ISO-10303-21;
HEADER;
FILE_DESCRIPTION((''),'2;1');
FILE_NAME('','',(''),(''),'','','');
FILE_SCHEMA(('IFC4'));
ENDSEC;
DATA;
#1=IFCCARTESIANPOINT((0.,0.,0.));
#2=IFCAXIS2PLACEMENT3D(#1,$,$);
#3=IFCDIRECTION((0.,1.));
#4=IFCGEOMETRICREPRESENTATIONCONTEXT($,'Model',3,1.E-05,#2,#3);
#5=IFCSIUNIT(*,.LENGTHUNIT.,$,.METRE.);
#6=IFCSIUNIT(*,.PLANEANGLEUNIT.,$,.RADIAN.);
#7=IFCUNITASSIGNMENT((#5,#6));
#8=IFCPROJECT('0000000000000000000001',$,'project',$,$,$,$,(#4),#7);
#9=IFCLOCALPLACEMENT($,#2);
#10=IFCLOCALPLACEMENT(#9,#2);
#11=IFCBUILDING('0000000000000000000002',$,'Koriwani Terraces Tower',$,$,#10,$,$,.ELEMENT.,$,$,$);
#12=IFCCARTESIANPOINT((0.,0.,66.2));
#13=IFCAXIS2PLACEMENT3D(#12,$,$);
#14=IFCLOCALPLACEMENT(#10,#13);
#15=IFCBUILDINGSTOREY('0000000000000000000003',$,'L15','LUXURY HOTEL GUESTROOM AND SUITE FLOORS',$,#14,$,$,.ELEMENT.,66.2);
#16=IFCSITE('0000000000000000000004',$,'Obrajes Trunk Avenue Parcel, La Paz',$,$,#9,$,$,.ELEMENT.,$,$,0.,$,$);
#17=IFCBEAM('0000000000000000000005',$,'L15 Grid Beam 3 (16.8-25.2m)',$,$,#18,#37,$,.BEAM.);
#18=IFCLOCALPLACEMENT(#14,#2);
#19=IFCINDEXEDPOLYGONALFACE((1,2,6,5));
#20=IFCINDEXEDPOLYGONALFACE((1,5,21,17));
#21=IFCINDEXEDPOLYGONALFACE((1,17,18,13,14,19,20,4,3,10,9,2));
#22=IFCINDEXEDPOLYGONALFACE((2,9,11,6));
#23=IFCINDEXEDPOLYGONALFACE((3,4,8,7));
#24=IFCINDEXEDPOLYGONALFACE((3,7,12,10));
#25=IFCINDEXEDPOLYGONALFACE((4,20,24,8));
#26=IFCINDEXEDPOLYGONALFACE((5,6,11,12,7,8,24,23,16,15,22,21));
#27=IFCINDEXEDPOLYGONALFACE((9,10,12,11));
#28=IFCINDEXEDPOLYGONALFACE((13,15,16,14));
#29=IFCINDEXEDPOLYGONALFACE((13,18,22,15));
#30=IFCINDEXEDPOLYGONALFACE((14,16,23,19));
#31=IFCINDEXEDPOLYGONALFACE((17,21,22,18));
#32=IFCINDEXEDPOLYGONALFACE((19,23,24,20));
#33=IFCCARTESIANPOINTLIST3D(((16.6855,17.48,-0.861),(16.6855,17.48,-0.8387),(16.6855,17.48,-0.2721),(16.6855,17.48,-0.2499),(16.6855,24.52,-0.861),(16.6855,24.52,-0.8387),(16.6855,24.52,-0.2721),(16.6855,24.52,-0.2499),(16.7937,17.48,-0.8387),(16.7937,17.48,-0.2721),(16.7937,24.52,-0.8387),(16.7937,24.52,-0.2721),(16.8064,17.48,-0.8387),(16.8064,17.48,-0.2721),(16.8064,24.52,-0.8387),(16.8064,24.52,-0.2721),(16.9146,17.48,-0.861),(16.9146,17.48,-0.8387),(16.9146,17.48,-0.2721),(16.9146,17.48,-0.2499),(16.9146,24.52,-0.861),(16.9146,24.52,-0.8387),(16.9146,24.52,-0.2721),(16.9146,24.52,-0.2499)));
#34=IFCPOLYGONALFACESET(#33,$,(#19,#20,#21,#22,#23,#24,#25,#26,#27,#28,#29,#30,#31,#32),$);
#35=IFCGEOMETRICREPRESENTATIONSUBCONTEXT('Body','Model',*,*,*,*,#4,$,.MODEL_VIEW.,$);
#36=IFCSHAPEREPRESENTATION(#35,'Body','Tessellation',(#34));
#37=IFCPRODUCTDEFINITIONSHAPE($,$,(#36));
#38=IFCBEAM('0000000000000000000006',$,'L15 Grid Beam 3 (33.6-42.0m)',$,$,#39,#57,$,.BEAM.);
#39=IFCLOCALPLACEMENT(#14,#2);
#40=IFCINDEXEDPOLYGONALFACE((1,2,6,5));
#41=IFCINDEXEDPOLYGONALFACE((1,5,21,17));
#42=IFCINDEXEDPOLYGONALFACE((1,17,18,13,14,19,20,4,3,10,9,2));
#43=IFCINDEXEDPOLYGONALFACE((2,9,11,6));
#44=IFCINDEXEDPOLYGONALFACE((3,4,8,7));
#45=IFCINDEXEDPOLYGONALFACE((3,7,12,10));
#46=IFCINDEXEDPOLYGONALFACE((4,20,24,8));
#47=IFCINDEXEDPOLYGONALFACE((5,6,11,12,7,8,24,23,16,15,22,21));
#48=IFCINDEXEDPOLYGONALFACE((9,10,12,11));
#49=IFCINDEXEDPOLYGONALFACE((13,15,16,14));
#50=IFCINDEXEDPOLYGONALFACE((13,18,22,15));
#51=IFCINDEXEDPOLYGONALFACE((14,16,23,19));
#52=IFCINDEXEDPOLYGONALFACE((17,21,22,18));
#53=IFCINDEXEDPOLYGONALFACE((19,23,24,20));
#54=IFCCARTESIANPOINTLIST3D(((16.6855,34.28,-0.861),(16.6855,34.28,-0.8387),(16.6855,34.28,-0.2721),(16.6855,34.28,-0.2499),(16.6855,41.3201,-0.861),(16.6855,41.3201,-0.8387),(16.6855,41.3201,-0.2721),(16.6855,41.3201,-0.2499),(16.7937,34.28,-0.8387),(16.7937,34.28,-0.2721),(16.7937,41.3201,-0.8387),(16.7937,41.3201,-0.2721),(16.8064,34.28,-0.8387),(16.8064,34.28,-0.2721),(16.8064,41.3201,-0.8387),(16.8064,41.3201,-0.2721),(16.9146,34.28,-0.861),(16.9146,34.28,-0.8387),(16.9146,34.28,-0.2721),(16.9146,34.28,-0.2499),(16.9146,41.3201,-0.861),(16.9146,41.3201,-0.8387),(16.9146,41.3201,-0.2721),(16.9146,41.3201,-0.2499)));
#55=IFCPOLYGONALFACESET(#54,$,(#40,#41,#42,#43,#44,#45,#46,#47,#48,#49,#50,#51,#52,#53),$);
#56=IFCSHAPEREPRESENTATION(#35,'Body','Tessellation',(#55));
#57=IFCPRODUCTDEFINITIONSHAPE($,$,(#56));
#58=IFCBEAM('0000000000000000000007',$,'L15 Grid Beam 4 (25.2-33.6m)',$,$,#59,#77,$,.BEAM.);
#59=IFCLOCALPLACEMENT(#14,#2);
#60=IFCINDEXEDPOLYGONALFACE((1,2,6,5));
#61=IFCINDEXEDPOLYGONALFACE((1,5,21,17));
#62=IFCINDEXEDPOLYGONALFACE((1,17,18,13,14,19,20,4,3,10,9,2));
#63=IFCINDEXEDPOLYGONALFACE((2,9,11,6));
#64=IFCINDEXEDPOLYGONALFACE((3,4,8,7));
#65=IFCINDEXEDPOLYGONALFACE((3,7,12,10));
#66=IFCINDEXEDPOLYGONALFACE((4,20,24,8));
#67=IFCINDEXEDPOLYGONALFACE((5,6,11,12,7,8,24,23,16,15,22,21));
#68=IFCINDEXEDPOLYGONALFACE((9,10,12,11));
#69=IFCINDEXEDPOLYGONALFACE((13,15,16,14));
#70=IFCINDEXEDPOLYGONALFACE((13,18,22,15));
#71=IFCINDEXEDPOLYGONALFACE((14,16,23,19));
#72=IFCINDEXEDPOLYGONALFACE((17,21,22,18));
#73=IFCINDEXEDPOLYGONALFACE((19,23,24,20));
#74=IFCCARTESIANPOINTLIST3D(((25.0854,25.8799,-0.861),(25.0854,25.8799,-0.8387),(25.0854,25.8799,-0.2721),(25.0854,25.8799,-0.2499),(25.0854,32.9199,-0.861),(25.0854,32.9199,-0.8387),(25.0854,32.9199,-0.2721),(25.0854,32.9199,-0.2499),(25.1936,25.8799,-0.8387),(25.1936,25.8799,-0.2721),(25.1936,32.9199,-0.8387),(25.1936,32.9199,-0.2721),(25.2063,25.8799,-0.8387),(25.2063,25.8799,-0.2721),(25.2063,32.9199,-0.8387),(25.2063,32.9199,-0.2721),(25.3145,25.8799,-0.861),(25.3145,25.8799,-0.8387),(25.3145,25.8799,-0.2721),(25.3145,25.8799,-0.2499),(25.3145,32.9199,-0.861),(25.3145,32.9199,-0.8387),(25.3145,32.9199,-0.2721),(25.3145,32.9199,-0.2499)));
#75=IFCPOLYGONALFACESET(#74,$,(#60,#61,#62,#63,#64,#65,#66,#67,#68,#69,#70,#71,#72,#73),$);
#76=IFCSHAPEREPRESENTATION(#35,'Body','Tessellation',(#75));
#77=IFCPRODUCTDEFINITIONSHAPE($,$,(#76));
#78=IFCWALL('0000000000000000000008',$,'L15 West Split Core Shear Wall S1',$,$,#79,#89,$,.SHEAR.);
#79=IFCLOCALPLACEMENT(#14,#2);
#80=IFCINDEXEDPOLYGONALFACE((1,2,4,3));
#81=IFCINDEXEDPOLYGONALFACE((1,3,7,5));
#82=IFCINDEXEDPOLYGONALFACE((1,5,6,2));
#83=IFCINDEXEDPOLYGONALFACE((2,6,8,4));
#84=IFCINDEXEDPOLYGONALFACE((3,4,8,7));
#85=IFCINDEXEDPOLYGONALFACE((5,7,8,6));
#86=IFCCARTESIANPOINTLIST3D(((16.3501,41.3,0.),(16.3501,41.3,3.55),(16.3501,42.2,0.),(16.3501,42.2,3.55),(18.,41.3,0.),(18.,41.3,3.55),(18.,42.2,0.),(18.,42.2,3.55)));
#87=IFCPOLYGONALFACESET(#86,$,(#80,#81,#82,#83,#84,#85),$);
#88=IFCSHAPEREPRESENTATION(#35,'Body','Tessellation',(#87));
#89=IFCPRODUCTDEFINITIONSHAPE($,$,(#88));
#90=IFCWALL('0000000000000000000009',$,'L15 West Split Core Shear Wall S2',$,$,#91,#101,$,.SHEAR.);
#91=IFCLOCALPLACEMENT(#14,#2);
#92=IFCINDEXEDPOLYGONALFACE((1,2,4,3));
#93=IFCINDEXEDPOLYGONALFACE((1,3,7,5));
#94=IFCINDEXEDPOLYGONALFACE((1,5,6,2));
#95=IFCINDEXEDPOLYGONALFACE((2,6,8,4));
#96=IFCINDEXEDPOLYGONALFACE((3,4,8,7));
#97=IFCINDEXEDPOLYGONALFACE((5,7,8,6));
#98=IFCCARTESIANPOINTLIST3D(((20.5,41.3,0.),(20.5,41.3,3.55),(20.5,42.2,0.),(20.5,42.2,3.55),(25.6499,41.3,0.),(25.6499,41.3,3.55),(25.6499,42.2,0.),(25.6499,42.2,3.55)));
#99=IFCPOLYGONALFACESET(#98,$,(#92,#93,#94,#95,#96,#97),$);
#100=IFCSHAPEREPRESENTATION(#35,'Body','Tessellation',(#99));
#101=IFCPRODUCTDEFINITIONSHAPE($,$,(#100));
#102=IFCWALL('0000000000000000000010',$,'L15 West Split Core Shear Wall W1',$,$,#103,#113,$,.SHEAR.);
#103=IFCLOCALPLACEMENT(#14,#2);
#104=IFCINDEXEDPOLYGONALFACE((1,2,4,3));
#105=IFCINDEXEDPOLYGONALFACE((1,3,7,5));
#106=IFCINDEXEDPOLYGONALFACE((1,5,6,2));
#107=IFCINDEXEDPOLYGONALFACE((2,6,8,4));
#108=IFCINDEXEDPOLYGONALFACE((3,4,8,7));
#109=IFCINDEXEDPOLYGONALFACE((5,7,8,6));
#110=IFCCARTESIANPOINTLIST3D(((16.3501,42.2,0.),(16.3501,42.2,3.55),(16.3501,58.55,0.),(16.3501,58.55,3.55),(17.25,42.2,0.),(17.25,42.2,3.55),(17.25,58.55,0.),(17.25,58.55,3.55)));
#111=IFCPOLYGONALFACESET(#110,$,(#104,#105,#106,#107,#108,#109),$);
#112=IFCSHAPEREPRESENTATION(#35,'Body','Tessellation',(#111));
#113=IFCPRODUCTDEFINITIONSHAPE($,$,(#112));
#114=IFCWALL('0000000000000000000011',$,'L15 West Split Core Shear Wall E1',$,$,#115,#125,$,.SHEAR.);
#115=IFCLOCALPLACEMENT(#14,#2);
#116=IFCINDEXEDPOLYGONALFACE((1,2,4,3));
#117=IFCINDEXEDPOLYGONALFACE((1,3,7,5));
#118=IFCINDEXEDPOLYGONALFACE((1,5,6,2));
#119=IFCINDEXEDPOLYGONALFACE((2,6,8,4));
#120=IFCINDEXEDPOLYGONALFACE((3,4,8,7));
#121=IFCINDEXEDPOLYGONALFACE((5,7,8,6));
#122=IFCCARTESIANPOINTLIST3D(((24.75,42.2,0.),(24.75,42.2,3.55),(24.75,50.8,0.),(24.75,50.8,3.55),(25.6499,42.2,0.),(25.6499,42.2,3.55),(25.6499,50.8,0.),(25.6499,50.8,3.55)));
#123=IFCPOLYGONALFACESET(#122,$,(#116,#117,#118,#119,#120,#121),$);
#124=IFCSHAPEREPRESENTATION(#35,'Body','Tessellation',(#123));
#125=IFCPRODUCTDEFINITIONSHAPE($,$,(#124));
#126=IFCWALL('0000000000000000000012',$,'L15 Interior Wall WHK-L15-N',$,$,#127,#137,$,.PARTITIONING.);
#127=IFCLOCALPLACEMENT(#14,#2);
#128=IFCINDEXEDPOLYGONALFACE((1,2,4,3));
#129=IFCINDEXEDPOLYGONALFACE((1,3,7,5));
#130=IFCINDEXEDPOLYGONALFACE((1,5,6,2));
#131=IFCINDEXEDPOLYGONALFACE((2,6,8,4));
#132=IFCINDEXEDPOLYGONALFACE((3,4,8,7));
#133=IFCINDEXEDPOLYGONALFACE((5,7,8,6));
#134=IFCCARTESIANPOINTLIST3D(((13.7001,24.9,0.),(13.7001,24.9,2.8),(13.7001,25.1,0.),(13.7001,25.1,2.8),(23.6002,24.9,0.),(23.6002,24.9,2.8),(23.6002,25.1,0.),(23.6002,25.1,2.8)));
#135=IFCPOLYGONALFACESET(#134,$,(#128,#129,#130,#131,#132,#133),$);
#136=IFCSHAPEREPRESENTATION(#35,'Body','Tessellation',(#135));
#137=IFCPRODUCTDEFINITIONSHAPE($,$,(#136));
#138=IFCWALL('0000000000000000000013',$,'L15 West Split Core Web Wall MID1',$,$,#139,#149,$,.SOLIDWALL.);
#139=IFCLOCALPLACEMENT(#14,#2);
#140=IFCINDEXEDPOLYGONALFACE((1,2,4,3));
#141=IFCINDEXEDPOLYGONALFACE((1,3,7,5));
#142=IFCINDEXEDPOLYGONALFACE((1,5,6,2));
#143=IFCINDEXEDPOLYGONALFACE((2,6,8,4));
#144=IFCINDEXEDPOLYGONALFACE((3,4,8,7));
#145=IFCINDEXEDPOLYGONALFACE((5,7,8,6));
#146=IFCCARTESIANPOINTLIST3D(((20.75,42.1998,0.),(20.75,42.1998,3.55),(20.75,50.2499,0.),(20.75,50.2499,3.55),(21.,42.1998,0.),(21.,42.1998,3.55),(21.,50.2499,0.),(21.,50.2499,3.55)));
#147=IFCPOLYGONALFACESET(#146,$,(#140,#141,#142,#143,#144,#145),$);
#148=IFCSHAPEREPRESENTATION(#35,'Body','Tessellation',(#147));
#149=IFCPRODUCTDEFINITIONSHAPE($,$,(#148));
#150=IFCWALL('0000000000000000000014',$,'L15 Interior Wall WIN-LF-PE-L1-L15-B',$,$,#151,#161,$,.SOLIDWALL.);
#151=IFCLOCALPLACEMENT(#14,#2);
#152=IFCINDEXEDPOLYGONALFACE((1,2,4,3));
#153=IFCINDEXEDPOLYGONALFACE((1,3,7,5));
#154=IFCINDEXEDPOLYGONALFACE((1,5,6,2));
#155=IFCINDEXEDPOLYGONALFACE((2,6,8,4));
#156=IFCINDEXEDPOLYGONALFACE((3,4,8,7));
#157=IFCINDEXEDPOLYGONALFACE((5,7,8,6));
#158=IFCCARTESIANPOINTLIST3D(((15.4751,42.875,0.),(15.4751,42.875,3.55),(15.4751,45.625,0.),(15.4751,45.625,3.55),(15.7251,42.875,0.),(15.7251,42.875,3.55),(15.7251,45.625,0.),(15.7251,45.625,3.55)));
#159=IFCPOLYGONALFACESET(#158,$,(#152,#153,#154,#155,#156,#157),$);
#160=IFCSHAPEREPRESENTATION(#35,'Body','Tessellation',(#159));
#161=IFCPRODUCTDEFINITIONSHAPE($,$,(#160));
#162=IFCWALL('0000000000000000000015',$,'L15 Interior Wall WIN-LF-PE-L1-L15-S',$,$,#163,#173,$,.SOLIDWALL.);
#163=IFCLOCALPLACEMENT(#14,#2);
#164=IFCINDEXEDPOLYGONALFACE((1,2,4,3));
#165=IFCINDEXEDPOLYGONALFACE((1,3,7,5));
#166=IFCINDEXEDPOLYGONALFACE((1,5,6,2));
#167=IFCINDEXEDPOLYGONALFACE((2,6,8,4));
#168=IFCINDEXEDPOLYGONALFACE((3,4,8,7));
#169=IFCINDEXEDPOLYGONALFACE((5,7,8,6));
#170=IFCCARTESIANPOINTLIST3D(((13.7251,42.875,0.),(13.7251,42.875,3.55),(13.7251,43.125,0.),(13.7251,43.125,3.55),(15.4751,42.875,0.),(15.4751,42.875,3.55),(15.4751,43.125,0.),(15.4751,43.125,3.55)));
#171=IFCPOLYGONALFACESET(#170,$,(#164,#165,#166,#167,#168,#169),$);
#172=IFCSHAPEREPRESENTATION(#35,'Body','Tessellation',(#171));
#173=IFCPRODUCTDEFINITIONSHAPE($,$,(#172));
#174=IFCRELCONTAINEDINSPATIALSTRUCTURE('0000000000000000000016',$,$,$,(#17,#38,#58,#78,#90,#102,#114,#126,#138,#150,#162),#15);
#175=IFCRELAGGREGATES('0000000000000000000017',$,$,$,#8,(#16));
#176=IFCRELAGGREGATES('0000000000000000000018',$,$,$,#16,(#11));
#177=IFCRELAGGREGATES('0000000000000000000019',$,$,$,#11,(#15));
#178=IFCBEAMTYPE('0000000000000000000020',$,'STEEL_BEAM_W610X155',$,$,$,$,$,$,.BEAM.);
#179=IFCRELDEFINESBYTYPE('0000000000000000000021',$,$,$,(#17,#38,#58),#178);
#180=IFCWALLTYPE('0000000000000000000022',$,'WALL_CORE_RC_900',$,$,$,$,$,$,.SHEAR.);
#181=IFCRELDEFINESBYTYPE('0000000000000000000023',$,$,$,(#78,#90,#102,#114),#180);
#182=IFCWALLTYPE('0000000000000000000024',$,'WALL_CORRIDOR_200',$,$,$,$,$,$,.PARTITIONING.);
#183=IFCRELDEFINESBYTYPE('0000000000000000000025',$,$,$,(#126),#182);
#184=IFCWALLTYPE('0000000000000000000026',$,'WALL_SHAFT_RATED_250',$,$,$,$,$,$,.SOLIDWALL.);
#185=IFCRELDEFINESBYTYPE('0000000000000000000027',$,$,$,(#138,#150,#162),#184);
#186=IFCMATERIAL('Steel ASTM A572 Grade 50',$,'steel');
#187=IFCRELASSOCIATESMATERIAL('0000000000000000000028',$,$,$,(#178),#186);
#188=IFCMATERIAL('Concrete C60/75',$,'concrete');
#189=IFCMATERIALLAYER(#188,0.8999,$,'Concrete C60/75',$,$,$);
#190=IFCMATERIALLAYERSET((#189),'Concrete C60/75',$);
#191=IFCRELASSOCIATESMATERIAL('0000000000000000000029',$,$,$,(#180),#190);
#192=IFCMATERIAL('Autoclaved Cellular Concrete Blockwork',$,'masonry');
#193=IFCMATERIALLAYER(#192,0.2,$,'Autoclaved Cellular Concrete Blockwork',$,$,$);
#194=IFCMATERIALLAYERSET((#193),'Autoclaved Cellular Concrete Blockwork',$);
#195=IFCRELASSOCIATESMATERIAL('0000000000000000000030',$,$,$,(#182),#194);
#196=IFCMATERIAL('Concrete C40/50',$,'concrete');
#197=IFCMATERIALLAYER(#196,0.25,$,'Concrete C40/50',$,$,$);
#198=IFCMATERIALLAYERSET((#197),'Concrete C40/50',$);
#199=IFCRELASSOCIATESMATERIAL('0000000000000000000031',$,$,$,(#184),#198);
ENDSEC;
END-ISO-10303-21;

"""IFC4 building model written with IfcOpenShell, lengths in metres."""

from ifc_helpers import new_model, si_unit, direction, frame, frame_2d, origin, origin_2d, place, context, subcontext, project, spatial, rectangle, i_section, extrude, material, layer, layer_set, material_profile, profile_set, type_object, element, save


model = new_model("IFC4")

# Units and contexts
model_context = context("Model", 3, precision=1e-05, world=origin(), true_north=direction((0.0, 1.0)))
body_context = subcontext(model_context, "Body", "Model", "MODEL_VIEW")
ifc_project = project(units=[si_unit("LENGTHUNIT", "METRE"), si_unit("PLANEANGLEUNIT", "RADIAN")], contexts=[model_context])

# Site, building, storey
site_placement = place(None, origin())
site = spatial("IfcSite", under=ifc_project, at=site_placement, Name="Obrajes Trunk Avenue Parcel, La Paz", CompositionType="ELEMENT", RefElevation=0.0)
building_placement = place(site_placement, origin())
building = spatial("IfcBuilding", under=site, at=building_placement, Name="Koriwani Terraces Tower", CompositionType="ELEMENT")
storey_placement = place(building_placement, frame((0.0, 0.0, 66.2)))
storey = spatial("IfcBuildingStorey", under=building, at=storey_placement, Name="L15", Description="LUXURY HOTEL GUESTROOM AND SUITE FLOORS", CompositionType="ELEMENT", Elevation=66.2)

# Shared definitions
ifc_material_1 = material(Name="Concrete C60/75", Category="concrete")

# Beams
ifc_material_2 = material(Name="Concrete C40/50", Category="concrete")
ifc_material_3 = material(Name="Steel ASTM A572 Grade 50", Category="steel")
ifc_material_profile_1 = material_profile(ifc_material_3, i_section(OverallWidth=0.229, OverallDepth=0.6111, WebThickness=0.0127, FlangeThickness=0.0222, at=origin_2d()), Name="Steel ASTM A572 Grade 50", Category="LoadBearing")
ifc_profile_set_1 = profile_set([ifc_material_profile_1], Name="Steel ASTM A572 Grade 50")
beam_type_1 = type_object("IfcBeamType", Name="STEEL_BEAM_W610X155", PredefinedType="BEAM", material=ifc_profile_set_1)
for number, where, z_axis, x_axis, name in (
    (1, (16.8, 17.48, -0.5554), (0.0, 1.0, 0.0), (-1.0, 0.0, 0.0), "L15 Grid Beam 3 (16.8-25.2m)"),
    (2, (16.8, 34.28, -0.5554), (0.0, 1.0, 0.0), (-1.0, 0.0, 0.0), "L15 Grid Beam 3 (33.6-42.0m)"),
    (3, (25.2, 25.8799, -0.5554), (0.0, 1.0, 0.0), (-1.0, 0.0, 0.0), "L15 Grid Beam 4 (25.2-33.6m)"),
):
    element("IfcBeam", number, at=place(storey_placement, frame(where, z_axis=z_axis, x_axis=x_axis)), inside=storey, type_object=beam_type_1, Name=name, PredefinedType="BEAM", context=body_context, shape_type="SweptSolid", body=[
        extrude(i_section(OverallWidth=0.229, OverallDepth=0.6111, WebThickness=0.0127, FlangeThickness=0.0222, at=origin_2d()), origin(), (0.0, 0.0, 1.0), 7.04),
    ])

# Walls
ifc_layer_1 = layer(ifc_material_1, 0.8999, Name="Concrete C60/75")
ifc_layer_set_1 = layer_set([ifc_layer_1], Name="Concrete C60/75")
wall_type_1 = type_object("IfcWallType", Name="WALL_CORE_RC_900", PredefinedType="SHEAR", material=ifc_layer_set_1)
wall_1_placement = place(storey_placement, frame((16.3501, 41.75, 0.0), z_axis=(0.0, 0.0, 1.0), x_axis=(1.0, 0.0, 0.0)))
element("IfcWall", 4, at=wall_1_placement, inside=storey, type_object=wall_type_1, Name="L15 West Split Core Shear Wall S1", PredefinedType="SHEAR", context=body_context, shape_type="SweptSolid", body=[
    extrude(rectangle(XDim=1.6499, YDim=0.8999, at=frame_2d((0.825, 0.0))), origin(), (0.0, 0.0, 1.0), 3.55),
])
wall_2_placement = place(storey_placement, frame((20.5, 41.75, 0.0), z_axis=(0.0, 0.0, 1.0), x_axis=(1.0, 0.0, 0.0)))
element("IfcWall", 5, at=wall_2_placement, inside=storey, type_object=wall_type_1, Name="L15 West Split Core Shear Wall S2", PredefinedType="SHEAR", context=body_context, shape_type="SweptSolid", body=[
    extrude(rectangle(XDim=5.1499, YDim=0.8999, at=frame_2d((2.575, 0.0))), origin(), (0.0, 0.0, 1.0), 3.55),
])
wall_3_placement = place(storey_placement, frame((16.8, 42.2, 0.0), z_axis=(0.0, 0.0, 1.0), x_axis=(0.0, 1.0, 0.0)))
element("IfcWall", 6, at=wall_3_placement, inside=storey, type_object=wall_type_1, Name="L15 West Split Core Shear Wall W1", PredefinedType="SHEAR", context=body_context, shape_type="SweptSolid", body=[
    extrude(rectangle(XDim=16.3501, YDim=0.8999, at=frame_2d((8.175, 0.0))), origin(), (0.0, 0.0, 1.0), 3.55),
])
wall_4_placement = place(storey_placement, frame((25.2, 42.2, 0.0), z_axis=(0.0, 0.0, 1.0), x_axis=(0.0, 1.0, 0.0)))
element("IfcWall", 7, at=wall_4_placement, inside=storey, type_object=wall_type_1, Name="L15 West Split Core Shear Wall E1", PredefinedType="SHEAR", context=body_context, shape_type="SweptSolid", body=[
    extrude(rectangle(XDim=8.6001, YDim=0.8999, at=frame_2d((4.3, 0.0))), origin(), (0.0, 0.0, 1.0), 3.55),
])
ifc_material_4 = material(Name="Autoclaved Cellular Concrete Blockwork", Category="masonry")
ifc_layer_2 = layer(ifc_material_4, 0.2, Name="Autoclaved Cellular Concrete Blockwork")
ifc_layer_set_2 = layer_set([ifc_layer_2], Name="Autoclaved Cellular Concrete Blockwork")
wall_type_2 = type_object("IfcWallType", Name="WALL_CORRIDOR_200", PredefinedType="PARTITIONING", material=ifc_layer_set_2)
wall_5_placement = place(storey_placement, frame((13.7, 25.0, 0.0), z_axis=(0.0, 0.0, 1.0), x_axis=(1.0, 0.0, 0.0)))
element("IfcWall", 8, at=wall_5_placement, inside=storey, type_object=wall_type_2, Name="L15 Interior Wall WHK-L15-N", PredefinedType="PARTITIONING", context=body_context, shape_type="SweptSolid", body=[
    extrude(rectangle(XDim=9.9001, YDim=0.2, at=frame_2d((4.9502, 0.0))), origin(), (0.0, 0.0, 1.0), 2.8),
])
ifc_layer_3 = layer(ifc_material_2, 0.25, Name="Concrete C40/50")
ifc_layer_set_3 = layer_set([ifc_layer_3], Name="Concrete C40/50")
wall_type_3 = type_object("IfcWallType", Name="WALL_SHAFT_RATED_250", PredefinedType="SOLIDWALL", material=ifc_layer_set_3)
wall_6_placement = place(storey_placement, frame((20.875, 42.2, 0.0), z_axis=(0.0, 0.0, 1.0), x_axis=(0.0, 1.0, 0.0)))
element("IfcWall", 9, at=wall_6_placement, inside=storey, type_object=wall_type_3, Name="L15 West Split Core Web Wall MID1", PredefinedType="SOLIDWALL", context=body_context, shape_type="SweptSolid", body=[
    extrude(rectangle(XDim=8.05, YDim=0.25, at=frame_2d((4.0249, 0.0))), origin(), (0.0, 0.0, 1.0), 3.55),
])

# Walls
wall_7_placement = place(storey_placement, frame((15.6001, 42.875, 0.0), z_axis=(0.0, 0.0, 1.0), x_axis=(0.0, 1.0, 0.0)))
element("IfcWall", 10, at=wall_7_placement, inside=storey, type_object=wall_type_3, Name="L15 Interior Wall WIN-LF-PE-L1-L15-B", PredefinedType="SOLIDWALL", context=body_context, shape_type="SweptSolid", body=[
    extrude(rectangle(XDim=2.75, YDim=0.25, at=frame_2d((1.375, 0.0))), origin(), (0.0, 0.0, 1.0), 3.55),
])
wall_8_placement = place(storey_placement, frame((13.7251, 43.0, 0.0), z_axis=(0.0, 0.0, 1.0), x_axis=(1.0, 0.0, 0.0)))
element("IfcWall", 11, at=wall_8_placement, inside=storey, type_object=wall_type_3, Name="L15 Interior Wall WIN-LF-PE-L1-L15-S", PredefinedType="SOLIDWALL", context=body_context, shape_type="SweptSolid", body=[
    extrude(rectangle(XDim=1.75, YDim=0.25, at=frame_2d((0.875, 0.0))), origin(), (0.0, 0.0, 1.0), 3.55),
])

save(model, "model.ifc")
